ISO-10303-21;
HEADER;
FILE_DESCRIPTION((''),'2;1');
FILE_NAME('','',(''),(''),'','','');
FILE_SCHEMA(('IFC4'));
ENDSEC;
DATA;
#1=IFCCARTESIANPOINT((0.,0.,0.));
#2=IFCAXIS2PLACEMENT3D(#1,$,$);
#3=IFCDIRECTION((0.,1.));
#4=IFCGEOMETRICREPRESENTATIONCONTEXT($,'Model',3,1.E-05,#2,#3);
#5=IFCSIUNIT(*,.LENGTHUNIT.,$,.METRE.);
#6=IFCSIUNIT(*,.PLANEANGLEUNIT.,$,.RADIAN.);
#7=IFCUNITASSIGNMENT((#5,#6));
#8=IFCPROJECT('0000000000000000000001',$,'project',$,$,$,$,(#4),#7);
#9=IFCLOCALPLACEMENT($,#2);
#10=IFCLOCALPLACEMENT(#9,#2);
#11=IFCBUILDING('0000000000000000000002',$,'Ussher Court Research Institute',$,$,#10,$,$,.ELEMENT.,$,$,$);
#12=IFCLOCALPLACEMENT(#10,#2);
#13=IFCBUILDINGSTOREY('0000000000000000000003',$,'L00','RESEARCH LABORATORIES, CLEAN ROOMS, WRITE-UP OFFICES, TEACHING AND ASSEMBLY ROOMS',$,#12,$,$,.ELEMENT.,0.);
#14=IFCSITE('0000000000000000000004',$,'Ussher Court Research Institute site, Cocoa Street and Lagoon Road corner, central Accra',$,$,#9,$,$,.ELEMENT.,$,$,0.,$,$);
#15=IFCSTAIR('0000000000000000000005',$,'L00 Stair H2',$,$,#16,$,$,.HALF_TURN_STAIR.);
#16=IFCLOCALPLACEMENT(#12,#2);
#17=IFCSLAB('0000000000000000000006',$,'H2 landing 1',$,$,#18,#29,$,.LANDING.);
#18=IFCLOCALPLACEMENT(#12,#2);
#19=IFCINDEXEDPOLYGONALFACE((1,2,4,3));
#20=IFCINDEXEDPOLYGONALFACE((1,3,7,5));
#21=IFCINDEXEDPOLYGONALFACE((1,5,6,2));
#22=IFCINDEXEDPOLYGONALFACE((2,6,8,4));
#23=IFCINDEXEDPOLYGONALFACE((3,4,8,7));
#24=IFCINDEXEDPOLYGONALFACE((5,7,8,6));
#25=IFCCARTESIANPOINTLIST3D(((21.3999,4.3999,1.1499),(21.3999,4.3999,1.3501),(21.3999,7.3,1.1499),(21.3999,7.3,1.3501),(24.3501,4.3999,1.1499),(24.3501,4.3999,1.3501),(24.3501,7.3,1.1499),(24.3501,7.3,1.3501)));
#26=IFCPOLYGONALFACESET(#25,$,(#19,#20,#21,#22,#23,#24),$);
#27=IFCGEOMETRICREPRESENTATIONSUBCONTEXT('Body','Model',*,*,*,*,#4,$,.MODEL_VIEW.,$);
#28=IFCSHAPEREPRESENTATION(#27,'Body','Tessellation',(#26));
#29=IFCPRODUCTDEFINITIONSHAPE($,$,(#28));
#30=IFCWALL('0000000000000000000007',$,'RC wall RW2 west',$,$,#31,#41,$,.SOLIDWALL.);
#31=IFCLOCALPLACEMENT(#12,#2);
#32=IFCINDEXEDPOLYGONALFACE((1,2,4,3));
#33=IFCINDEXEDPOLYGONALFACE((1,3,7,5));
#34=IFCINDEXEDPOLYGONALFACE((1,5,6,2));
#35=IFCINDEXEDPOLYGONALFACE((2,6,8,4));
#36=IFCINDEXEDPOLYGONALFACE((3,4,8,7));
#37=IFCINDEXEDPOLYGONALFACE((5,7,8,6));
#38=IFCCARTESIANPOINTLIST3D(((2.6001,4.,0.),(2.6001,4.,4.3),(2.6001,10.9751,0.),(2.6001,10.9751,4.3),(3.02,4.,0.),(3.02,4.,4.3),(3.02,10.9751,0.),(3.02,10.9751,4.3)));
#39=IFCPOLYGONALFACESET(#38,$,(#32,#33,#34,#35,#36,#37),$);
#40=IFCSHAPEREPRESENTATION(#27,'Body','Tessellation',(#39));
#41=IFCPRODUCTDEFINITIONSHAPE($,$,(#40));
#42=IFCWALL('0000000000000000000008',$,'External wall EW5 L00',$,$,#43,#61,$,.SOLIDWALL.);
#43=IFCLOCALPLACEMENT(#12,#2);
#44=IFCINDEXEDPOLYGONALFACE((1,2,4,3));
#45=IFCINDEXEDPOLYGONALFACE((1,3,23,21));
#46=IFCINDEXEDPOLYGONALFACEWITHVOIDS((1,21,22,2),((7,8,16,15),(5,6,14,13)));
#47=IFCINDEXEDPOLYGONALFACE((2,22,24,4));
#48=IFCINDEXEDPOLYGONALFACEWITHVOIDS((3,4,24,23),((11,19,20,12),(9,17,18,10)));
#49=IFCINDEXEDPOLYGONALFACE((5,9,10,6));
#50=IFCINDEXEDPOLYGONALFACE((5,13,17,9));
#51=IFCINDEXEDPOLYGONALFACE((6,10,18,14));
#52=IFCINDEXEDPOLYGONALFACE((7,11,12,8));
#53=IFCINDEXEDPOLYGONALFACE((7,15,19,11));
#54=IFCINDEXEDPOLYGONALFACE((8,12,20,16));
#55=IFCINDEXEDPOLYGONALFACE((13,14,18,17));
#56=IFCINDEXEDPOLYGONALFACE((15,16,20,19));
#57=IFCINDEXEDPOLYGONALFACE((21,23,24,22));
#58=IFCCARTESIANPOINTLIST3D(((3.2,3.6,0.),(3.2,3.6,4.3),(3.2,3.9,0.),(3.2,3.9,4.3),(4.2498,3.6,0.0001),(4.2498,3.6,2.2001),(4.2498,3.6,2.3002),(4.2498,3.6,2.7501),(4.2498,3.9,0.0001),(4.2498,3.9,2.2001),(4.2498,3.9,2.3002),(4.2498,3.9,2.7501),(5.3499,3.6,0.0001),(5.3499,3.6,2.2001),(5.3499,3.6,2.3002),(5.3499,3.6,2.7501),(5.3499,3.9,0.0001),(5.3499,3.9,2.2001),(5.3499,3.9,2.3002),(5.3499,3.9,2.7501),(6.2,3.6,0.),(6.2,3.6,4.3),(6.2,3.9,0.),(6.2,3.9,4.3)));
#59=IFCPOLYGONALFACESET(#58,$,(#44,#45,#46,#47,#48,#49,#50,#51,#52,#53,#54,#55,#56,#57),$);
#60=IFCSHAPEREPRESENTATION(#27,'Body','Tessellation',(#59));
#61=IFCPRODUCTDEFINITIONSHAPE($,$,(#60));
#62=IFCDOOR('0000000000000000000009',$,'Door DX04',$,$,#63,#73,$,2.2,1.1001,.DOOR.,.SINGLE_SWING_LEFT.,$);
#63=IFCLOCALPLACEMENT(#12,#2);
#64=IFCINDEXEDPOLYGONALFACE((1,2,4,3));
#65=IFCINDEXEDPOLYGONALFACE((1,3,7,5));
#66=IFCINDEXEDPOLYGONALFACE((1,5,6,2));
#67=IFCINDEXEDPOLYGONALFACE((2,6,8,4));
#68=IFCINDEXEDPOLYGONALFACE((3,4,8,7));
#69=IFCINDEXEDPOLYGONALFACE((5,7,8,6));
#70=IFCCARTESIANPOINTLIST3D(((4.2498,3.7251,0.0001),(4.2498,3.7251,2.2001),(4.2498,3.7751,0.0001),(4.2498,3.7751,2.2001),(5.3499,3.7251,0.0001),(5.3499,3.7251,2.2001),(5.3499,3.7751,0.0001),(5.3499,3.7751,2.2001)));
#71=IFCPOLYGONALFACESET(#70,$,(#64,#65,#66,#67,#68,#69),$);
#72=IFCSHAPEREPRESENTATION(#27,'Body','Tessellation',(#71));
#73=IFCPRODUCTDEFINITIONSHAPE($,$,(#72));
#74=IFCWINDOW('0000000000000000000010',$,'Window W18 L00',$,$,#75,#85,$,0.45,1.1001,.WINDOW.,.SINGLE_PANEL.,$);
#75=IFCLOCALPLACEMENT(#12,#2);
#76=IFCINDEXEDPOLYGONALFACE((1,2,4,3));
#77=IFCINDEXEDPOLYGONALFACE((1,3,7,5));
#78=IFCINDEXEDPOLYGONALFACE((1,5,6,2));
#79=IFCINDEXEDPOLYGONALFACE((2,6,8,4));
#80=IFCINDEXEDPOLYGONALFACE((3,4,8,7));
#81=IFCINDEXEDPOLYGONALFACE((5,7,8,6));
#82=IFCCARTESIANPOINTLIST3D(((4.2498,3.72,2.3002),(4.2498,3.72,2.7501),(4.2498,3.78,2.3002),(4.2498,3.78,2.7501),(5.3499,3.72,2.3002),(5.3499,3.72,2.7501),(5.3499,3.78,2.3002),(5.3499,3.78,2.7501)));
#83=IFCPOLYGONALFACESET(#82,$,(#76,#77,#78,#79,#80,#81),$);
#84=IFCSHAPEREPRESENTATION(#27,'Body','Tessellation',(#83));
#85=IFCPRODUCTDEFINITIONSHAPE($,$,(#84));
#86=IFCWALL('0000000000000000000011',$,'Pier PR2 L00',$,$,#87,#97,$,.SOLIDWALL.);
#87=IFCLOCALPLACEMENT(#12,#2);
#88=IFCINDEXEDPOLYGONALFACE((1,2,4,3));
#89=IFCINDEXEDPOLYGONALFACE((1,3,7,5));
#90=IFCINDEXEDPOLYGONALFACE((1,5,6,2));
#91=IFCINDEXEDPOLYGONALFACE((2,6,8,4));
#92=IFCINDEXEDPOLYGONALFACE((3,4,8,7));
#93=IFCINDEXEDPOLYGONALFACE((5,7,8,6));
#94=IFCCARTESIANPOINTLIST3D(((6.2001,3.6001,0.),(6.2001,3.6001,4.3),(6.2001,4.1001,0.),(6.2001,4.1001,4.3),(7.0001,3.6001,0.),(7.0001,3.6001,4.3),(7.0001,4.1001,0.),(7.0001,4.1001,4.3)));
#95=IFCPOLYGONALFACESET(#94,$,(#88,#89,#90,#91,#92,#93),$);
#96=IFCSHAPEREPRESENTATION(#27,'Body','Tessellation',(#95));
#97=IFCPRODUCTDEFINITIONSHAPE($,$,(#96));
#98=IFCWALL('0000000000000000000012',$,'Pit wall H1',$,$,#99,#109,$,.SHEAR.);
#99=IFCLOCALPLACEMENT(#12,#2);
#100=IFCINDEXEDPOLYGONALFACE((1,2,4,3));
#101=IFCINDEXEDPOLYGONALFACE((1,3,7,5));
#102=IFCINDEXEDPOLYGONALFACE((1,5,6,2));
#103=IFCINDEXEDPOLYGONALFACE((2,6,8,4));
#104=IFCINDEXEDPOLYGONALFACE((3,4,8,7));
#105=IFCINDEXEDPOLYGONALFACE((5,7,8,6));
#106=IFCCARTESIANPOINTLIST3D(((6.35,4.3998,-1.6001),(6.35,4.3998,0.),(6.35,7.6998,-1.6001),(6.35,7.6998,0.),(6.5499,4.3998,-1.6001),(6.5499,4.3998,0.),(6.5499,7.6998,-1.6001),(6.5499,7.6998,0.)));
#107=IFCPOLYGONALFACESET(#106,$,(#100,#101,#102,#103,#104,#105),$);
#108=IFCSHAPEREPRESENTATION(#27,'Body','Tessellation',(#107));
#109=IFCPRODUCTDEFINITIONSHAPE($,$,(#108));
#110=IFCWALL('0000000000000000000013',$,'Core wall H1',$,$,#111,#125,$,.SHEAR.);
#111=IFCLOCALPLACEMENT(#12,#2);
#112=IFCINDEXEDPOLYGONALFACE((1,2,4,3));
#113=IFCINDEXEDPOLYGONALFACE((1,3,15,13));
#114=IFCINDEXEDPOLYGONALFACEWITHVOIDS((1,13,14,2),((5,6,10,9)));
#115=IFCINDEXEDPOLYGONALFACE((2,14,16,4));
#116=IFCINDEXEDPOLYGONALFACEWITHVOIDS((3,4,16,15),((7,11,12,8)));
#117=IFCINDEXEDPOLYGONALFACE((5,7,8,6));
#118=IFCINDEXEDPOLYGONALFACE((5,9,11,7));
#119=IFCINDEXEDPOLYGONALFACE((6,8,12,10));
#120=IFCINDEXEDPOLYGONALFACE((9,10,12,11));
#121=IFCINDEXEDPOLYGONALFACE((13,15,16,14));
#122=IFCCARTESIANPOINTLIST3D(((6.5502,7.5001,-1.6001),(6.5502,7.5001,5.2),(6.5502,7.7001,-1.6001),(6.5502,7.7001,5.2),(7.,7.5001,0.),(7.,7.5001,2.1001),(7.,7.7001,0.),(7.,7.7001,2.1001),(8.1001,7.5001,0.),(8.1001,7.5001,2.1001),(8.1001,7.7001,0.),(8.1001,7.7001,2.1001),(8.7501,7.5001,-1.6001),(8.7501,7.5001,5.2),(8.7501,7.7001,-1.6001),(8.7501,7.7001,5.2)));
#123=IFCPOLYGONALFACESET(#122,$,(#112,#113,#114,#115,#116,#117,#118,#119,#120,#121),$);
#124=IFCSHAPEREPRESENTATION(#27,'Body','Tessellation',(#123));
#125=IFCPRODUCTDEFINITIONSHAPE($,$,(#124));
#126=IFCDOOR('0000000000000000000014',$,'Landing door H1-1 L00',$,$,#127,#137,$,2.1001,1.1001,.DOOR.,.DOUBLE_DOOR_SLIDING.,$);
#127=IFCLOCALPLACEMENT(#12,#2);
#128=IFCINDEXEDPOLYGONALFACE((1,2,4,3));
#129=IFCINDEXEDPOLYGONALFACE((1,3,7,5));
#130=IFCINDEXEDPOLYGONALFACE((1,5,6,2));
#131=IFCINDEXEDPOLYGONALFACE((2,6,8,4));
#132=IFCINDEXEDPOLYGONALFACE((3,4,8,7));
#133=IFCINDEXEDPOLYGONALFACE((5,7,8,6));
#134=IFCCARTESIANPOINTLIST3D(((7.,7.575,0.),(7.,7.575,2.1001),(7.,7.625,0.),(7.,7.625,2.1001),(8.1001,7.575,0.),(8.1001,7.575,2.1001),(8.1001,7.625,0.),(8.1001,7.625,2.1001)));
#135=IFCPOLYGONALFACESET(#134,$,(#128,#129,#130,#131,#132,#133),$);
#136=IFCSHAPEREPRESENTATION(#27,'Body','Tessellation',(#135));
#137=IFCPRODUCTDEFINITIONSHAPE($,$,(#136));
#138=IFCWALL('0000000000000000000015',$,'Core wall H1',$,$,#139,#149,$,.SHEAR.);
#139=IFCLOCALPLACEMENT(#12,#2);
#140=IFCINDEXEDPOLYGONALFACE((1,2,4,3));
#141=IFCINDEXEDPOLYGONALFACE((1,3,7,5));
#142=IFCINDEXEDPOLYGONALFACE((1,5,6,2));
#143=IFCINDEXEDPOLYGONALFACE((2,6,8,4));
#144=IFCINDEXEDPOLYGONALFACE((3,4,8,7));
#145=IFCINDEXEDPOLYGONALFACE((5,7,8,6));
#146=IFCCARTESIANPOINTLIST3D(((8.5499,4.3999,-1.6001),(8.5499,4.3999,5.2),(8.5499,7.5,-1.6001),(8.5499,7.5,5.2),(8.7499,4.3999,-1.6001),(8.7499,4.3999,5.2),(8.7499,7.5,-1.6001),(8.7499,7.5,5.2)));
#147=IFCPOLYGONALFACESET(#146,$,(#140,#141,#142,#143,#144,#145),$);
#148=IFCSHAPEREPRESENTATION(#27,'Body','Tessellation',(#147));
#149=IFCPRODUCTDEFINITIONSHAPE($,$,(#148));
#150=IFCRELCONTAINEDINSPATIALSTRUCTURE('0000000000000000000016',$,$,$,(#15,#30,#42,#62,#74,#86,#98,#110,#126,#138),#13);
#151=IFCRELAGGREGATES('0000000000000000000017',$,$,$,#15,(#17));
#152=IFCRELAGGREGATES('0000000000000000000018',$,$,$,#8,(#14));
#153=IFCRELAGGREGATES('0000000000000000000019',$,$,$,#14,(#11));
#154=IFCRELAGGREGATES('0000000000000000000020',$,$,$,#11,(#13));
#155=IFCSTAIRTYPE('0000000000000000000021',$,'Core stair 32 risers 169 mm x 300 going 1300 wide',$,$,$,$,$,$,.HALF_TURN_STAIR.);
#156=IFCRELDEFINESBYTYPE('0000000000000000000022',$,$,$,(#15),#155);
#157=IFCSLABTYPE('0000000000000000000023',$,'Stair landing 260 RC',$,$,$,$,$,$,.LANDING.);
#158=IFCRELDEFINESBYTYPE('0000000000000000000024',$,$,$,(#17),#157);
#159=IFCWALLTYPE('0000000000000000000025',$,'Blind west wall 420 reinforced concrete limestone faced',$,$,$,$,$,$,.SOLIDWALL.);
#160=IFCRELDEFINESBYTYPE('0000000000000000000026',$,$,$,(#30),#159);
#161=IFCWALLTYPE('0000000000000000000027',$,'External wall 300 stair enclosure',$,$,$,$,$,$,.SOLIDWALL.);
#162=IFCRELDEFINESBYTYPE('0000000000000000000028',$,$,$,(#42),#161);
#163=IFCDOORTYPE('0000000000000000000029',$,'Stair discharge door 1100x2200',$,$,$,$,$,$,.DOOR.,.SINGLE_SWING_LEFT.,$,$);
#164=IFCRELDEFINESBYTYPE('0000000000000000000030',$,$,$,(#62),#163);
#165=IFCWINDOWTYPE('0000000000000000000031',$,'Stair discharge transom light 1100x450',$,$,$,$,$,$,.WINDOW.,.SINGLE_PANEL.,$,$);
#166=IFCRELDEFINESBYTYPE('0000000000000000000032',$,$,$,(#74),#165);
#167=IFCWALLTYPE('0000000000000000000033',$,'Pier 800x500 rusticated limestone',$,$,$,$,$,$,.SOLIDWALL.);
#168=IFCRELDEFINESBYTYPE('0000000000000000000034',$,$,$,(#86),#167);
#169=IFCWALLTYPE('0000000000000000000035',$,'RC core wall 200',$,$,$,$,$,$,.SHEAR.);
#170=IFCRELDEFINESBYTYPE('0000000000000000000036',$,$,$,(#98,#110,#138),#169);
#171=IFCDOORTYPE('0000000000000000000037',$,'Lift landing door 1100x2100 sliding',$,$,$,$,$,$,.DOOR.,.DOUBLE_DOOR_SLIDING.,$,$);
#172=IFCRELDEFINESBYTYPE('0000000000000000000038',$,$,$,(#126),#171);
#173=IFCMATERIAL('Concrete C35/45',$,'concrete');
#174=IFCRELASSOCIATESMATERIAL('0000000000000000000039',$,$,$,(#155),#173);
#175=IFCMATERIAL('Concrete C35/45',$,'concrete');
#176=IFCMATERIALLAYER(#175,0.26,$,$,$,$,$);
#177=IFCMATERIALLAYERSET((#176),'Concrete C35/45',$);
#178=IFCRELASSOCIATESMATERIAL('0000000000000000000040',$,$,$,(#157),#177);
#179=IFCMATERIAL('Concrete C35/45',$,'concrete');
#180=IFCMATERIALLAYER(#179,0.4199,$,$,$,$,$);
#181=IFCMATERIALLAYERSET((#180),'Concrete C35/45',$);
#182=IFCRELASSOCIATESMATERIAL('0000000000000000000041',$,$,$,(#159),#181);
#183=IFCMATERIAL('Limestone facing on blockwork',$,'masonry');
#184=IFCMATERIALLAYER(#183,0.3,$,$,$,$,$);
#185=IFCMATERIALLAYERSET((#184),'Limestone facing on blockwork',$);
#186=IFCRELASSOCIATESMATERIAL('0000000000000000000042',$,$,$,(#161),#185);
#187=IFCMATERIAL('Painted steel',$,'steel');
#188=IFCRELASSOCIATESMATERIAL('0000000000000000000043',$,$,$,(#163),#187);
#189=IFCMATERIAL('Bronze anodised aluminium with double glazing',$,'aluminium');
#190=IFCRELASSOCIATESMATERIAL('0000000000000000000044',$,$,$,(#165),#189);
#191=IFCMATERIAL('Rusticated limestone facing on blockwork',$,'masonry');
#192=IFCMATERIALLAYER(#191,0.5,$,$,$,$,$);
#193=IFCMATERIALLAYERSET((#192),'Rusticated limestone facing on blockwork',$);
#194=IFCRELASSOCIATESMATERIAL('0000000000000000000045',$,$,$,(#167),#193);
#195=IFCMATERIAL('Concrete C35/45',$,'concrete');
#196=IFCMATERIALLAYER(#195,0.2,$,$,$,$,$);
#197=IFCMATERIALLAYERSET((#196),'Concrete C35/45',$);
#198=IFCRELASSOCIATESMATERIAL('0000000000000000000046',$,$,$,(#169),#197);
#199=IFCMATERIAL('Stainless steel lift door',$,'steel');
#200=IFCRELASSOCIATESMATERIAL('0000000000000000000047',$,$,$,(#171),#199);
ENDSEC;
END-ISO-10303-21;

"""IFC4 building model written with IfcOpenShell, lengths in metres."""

from ifc_helpers import new_model, si_unit, direction, frame, frame_2d, origin, place, context, subcontext, project, spatial, polyline, rectangle, outline, extrude, material, layer, layer_set, type_object, element, fill, aggregate, save


model = new_model("IFC4")

# Units and contexts
model_context = context("Model", 3, precision=1e-05, world=origin(), true_north=direction((0.0, 1.0)))
body_context = subcontext(model_context, "Body", "Model", "MODEL_VIEW")
ifc_project = project(units=[si_unit("LENGTHUNIT", "METRE"), si_unit("PLANEANGLEUNIT", "RADIAN")], contexts=[model_context])

# Site, building, storey
site_placement = place(None, origin())
site = spatial("IfcSite", under=ifc_project, at=site_placement, Name="Ussher Court Research Institute site, Cocoa Street and Lagoon Road corner, central Accra", CompositionType="ELEMENT", RefElevation=0.0)
building_placement = place(site_placement, origin())
building = spatial("IfcBuilding", under=site, at=building_placement, Name="Ussher Court Research Institute", CompositionType="ELEMENT")
storey_placement = place(building_placement, origin())
storey = spatial("IfcBuildingStorey", under=building, at=storey_placement, Name="L00", Description="RESEARCH LABORATORIES, CLEAN ROOMS, WRITE-UP OFFICES, TEACHING AND ASSEMBLY ROOMS", CompositionType="ELEMENT", Elevation=0.0)

# Stair, slab
ifc_material_1 = material(Name="Concrete C35/45", Category="concrete")
stair_type_1 = type_object("IfcStairType", Name="Core stair 32 risers 169 mm x 300 going 1300 wide", PredefinedType="HALF_TURN_STAIR", material=ifc_material_1)
stair_1_placement = place(storey_placement, origin())
stair_1 = element("IfcStair", 1, at=stair_1_placement, inside=storey, type_object=stair_type_1, Name="L00 Stair H2", PredefinedType="HALF_TURN_STAIR")
ifc_material_2 = material(Name="Concrete C35/45", Category="concrete")
ifc_layer_1 = layer(ifc_material_2, 0.26)
ifc_layer_set_1 = layer_set([ifc_layer_1], Name="Concrete C35/45")
slab_type_1 = type_object("IfcSlabType", Name="Stair landing 260 RC", PredefinedType="LANDING", material=ifc_layer_set_1)
slab_1_placement = place(storey_placement, frame((0.0, 0.0, 1.1499)))
slab_1 = element("IfcSlab", 2, at=slab_1_placement, type_object=slab_type_1, Name="H2 landing 1", PredefinedType="LANDING", context=body_context, shape_type="SweptSolid", body=[
    extrude(outline(polyline([(21.3999, 7.3), (21.3999, 4.3999), (24.3501, 4.3999), (24.3501, 7.3), (21.3999, 7.3)])), origin(), (0.0, 0.0, 1.0), 0.2002),
])
aggregate(stair_1, [slab_1])

# Wall
ifc_material_3 = material(Name="Concrete C35/45", Category="concrete")
ifc_layer_2 = layer(ifc_material_3, 0.4199)
ifc_layer_set_2 = layer_set([ifc_layer_2], Name="Concrete C35/45")
wall_type_1 = type_object("IfcWallType", Name="Blind west wall 420 reinforced concrete limestone faced", PredefinedType="SOLIDWALL", material=ifc_layer_set_2)
wall_1_placement = place(storey_placement, frame((2.8101, 4.0, 0.0), z_axis=(0.0, 0.0, 1.0), x_axis=(0.0, 1.0, 0.0)))
element("IfcWall", 3, at=wall_1_placement, inside=storey, type_object=wall_type_1, Name="RC wall RW2 west", PredefinedType="SOLIDWALL", context=body_context, shape_type="SweptSolid", body=[
    extrude(rectangle(XDim=6.9751, YDim=0.4199, at=frame_2d((3.4875, 0.0))), origin(), (0.0, 0.0, 1.0), 4.3),
])

# Wall, openings, door, window
ifc_material_4 = material(Name="Limestone facing on blockwork", Category="masonry")
ifc_layer_3 = layer(ifc_material_4, 0.3)
ifc_layer_set_3 = layer_set([ifc_layer_3], Name="Limestone facing on blockwork")
wall_type_2 = type_object("IfcWallType", Name="External wall 300 stair enclosure", PredefinedType="SOLIDWALL", material=ifc_layer_set_3)
wall_2_placement = place(storey_placement, frame((6.2, 3.75, 0.0), z_axis=(0.0, 0.0, 1.0), x_axis=(-1.0, 0.0, 0.0)))
wall_2 = element("IfcWall", 4, at=wall_2_placement, inside=storey, type_object=wall_type_2, Name="External wall EW5 L00", PredefinedType="SOLIDWALL", context=body_context, shape_type="SweptSolid", body=[
    extrude(rectangle(XDim=3.0, YDim=0.3, at=frame_2d((1.5, 0.0))), origin(), (0.0, 0.0, 1.0), 4.3),
])
opening_1_placement = place(wall_2_placement, frame((0.8501, 0.0, 0.0)))
opening_1 = element("IfcOpeningElement", 5, at=opening_1_placement, cuts=wall_2, PredefinedType="OPENING", context=body_context, shape_type="SweptSolid", body=[
    extrude(rectangle(XDim=1.1001, YDim=2.2, at=frame_2d((0.55, 1.1001))), frame((0.0, 0.1602, 0.0), z_axis=(0.0, -1.0, 0.0), x_axis=(1.0, 0.0, 0.0)), (0.0, 0.0, 1.0), 0.3201),
])
opening_2_placement = place(wall_2_placement, frame((0.8501, 0.0, 2.3)))
opening_2 = element("IfcOpeningElement", 6, at=opening_2_placement, cuts=wall_2, PredefinedType="OPENING", context=body_context, shape_type="SweptSolid", body=[
    extrude(rectangle(XDim=1.1001, YDim=0.45, at=frame_2d((0.55, 0.2251))), frame((0.0, 0.1602, 0.0), z_axis=(0.0, -1.0, 0.0), x_axis=(1.0, 0.0, 0.0)), (0.0, 0.0, 1.0), 0.3201),
])
ifc_material_5 = material(Name="Painted steel", Category="steel")
door_type_1 = type_object("IfcDoorType", Name="Stair discharge door 1100x2200", OperationType="SINGLE_SWING_LEFT", PredefinedType="DOOR", material=ifc_material_5)
door_1_placement = place(opening_1_placement, origin())
door_1 = element("IfcDoor", 7, at=door_1_placement, inside=storey, type_object=door_type_1, Name="Door DX04", OperationType="SINGLE_SWING_LEFT", OverallHeight=2.2, OverallWidth=1.1001, PredefinedType="DOOR", context=body_context, shape_type="SweptSolid", body=[
    extrude(rectangle(XDim=1.1001, YDim=2.2, at=frame_2d((0.55, 1.1001))), frame((0.0, 0.0249, 0.0), z_axis=(0.0, -1.0, 0.0), x_axis=(1.0, 0.0, 0.0)), (0.0, 0.0, 1.0), 0.05),
])
fill(opening_1, door_1)
ifc_material_6 = material(Name="Bronze anodised aluminium with double glazing", Category="aluminium")
window_type = type_object("IfcWindowType", Name="Stair discharge transom light 1100x450", PartitioningType="SINGLE_PANEL", PredefinedType="WINDOW", material=ifc_material_6)
window_placement = place(opening_2_placement, origin())
window = element("IfcWindow", 8, at=window_placement, inside=storey, type_object=window_type, Name="Window W18 L00", OverallHeight=0.45, OverallWidth=1.1001, PartitioningType="SINGLE_PANEL", PredefinedType="WINDOW", context=body_context, shape_type="SweptSolid", body=[
    extrude(rectangle(XDim=1.1001, YDim=0.45, at=frame_2d((0.55, 0.2251))), frame((0.0, 0.03, 0.0), z_axis=(0.0, -1.0, 0.0), x_axis=(1.0, 0.0, 0.0)), (0.0, 0.0, 1.0), 0.0601),
])
fill(opening_2, window)

# Walls
ifc_material_7 = material(Name="Rusticated limestone facing on blockwork", Category="masonry")
ifc_layer_4 = layer(ifc_material_7, 0.5)
ifc_layer_set_4 = layer_set([ifc_layer_4], Name="Rusticated limestone facing on blockwork")
wall_type_3 = type_object("IfcWallType", Name="Pier 800x500 rusticated limestone", PredefinedType="SOLIDWALL", material=ifc_layer_set_4)
wall_3_placement = place(storey_placement, frame((7.0, 3.8501, 0.0), z_axis=(0.0, 0.0, 1.0), x_axis=(-1.0, 0.0, 0.0)))
element("IfcWall", 9, at=wall_3_placement, inside=storey, type_object=wall_type_3, Name="Pier PR2 L00", PredefinedType="SOLIDWALL", context=body_context, shape_type="SweptSolid", body=[
    extrude(rectangle(XDim=0.8, YDim=0.5, at=frame_2d((0.3999, 0.0))), origin(), (0.0, 0.0, 1.0), 4.3),
])
ifc_material_8 = material(Name="Concrete C35/45", Category="concrete")
ifc_layer_5 = layer(ifc_material_8, 0.2)
ifc_layer_set_5 = layer_set([ifc_layer_5], Name="Concrete C35/45")
wall_type_4 = type_object("IfcWallType", Name="RC core wall 200", PredefinedType="SHEAR", material=ifc_layer_set_5)
wall_4_placement = place(storey_placement, frame((6.45, 4.3999, -1.6001), z_axis=(0.0, 0.0, 1.0), x_axis=(0.0, 1.0, 0.0)))
element("IfcWall", 10, at=wall_4_placement, inside=storey, type_object=wall_type_4, Name="Pit wall H1", PredefinedType="SHEAR", context=body_context, shape_type="SweptSolid", body=[
    extrude(rectangle(XDim=3.3, YDim=0.2, at=frame_2d((1.6499, 0.0))), origin(), (0.0, 0.0, 1.0), 1.6001),
])

# Wall, opening, door
wall_5_placement = place(storey_placement, frame((6.55, 7.6001, -1.6001), z_axis=(0.0, 0.0, 1.0), x_axis=(1.0, 0.0, 0.0)))
wall_5 = element("IfcWall", 11, at=wall_5_placement, inside=storey, type_object=wall_type_4, Name="Core wall H1", PredefinedType="SHEAR", context=body_context, shape_type="SweptSolid", body=[
    extrude(rectangle(XDim=2.2, YDim=0.2, at=frame_2d((1.1001, 0.0))), origin(), (0.0, 0.0, 1.0), 6.8),
])
opening_3_placement = place(wall_5_placement, frame((0.45, 0.0, 1.6001)))
opening_3 = element("IfcOpeningElement", 12, at=opening_3_placement, cuts=wall_5, PredefinedType="OPENING", context=body_context, shape_type="SweptSolid", body=[
    extrude(rectangle(XDim=1.1001, YDim=2.1001, at=frame_2d((0.55, 1.05))), frame((0.0, 0.1099, 0.0), z_axis=(0.0, -1.0, 0.0), x_axis=(1.0, 0.0, 0.0)), (0.0, 0.0, 1.0), 0.22),
])
ifc_material_9 = material(Name="Stainless steel lift door", Category="steel")
door_type_2 = type_object("IfcDoorType", Name="Lift landing door 1100x2100 sliding", OperationType="DOUBLE_DOOR_SLIDING", PredefinedType="DOOR", material=ifc_material_9)
door_2_placement = place(opening_3_placement, origin())
door_2 = element("IfcDoor", 13, at=door_2_placement, inside=storey, type_object=door_type_2, Name="Landing door H1-1 L00", OperationType="DOUBLE_DOOR_SLIDING", OverallHeight=2.1001, OverallWidth=1.1001, PredefinedType="DOOR", context=body_context, shape_type="SweptSolid", body=[
    extrude(rectangle(XDim=1.1001, YDim=2.1001, at=frame_2d((0.55, 1.05))), frame((0.0, 0.0249, 0.0), z_axis=(0.0, -1.0, 0.0), x_axis=(1.0, 0.0, 0.0)), (0.0, 0.0, 1.0), 0.05),
])
fill(opening_3, door_2)

# Wall
wall_6_placement = place(storey_placement, frame((8.6499, 4.3999, -1.6001), z_axis=(0.0, 0.0, 1.0), x_axis=(0.0, 1.0, 0.0)))
element("IfcWall", 14, at=wall_6_placement, inside=storey, type_object=wall_type_4, Name="Core wall H1", PredefinedType="SHEAR", context=body_context, shape_type="SweptSolid", body=[
    extrude(rectangle(XDim=3.1001, YDim=0.2, at=frame_2d((1.55, 0.0))), origin(), (0.0, 0.0, 1.0), 6.8),
])

save(model, "model.ifc")
